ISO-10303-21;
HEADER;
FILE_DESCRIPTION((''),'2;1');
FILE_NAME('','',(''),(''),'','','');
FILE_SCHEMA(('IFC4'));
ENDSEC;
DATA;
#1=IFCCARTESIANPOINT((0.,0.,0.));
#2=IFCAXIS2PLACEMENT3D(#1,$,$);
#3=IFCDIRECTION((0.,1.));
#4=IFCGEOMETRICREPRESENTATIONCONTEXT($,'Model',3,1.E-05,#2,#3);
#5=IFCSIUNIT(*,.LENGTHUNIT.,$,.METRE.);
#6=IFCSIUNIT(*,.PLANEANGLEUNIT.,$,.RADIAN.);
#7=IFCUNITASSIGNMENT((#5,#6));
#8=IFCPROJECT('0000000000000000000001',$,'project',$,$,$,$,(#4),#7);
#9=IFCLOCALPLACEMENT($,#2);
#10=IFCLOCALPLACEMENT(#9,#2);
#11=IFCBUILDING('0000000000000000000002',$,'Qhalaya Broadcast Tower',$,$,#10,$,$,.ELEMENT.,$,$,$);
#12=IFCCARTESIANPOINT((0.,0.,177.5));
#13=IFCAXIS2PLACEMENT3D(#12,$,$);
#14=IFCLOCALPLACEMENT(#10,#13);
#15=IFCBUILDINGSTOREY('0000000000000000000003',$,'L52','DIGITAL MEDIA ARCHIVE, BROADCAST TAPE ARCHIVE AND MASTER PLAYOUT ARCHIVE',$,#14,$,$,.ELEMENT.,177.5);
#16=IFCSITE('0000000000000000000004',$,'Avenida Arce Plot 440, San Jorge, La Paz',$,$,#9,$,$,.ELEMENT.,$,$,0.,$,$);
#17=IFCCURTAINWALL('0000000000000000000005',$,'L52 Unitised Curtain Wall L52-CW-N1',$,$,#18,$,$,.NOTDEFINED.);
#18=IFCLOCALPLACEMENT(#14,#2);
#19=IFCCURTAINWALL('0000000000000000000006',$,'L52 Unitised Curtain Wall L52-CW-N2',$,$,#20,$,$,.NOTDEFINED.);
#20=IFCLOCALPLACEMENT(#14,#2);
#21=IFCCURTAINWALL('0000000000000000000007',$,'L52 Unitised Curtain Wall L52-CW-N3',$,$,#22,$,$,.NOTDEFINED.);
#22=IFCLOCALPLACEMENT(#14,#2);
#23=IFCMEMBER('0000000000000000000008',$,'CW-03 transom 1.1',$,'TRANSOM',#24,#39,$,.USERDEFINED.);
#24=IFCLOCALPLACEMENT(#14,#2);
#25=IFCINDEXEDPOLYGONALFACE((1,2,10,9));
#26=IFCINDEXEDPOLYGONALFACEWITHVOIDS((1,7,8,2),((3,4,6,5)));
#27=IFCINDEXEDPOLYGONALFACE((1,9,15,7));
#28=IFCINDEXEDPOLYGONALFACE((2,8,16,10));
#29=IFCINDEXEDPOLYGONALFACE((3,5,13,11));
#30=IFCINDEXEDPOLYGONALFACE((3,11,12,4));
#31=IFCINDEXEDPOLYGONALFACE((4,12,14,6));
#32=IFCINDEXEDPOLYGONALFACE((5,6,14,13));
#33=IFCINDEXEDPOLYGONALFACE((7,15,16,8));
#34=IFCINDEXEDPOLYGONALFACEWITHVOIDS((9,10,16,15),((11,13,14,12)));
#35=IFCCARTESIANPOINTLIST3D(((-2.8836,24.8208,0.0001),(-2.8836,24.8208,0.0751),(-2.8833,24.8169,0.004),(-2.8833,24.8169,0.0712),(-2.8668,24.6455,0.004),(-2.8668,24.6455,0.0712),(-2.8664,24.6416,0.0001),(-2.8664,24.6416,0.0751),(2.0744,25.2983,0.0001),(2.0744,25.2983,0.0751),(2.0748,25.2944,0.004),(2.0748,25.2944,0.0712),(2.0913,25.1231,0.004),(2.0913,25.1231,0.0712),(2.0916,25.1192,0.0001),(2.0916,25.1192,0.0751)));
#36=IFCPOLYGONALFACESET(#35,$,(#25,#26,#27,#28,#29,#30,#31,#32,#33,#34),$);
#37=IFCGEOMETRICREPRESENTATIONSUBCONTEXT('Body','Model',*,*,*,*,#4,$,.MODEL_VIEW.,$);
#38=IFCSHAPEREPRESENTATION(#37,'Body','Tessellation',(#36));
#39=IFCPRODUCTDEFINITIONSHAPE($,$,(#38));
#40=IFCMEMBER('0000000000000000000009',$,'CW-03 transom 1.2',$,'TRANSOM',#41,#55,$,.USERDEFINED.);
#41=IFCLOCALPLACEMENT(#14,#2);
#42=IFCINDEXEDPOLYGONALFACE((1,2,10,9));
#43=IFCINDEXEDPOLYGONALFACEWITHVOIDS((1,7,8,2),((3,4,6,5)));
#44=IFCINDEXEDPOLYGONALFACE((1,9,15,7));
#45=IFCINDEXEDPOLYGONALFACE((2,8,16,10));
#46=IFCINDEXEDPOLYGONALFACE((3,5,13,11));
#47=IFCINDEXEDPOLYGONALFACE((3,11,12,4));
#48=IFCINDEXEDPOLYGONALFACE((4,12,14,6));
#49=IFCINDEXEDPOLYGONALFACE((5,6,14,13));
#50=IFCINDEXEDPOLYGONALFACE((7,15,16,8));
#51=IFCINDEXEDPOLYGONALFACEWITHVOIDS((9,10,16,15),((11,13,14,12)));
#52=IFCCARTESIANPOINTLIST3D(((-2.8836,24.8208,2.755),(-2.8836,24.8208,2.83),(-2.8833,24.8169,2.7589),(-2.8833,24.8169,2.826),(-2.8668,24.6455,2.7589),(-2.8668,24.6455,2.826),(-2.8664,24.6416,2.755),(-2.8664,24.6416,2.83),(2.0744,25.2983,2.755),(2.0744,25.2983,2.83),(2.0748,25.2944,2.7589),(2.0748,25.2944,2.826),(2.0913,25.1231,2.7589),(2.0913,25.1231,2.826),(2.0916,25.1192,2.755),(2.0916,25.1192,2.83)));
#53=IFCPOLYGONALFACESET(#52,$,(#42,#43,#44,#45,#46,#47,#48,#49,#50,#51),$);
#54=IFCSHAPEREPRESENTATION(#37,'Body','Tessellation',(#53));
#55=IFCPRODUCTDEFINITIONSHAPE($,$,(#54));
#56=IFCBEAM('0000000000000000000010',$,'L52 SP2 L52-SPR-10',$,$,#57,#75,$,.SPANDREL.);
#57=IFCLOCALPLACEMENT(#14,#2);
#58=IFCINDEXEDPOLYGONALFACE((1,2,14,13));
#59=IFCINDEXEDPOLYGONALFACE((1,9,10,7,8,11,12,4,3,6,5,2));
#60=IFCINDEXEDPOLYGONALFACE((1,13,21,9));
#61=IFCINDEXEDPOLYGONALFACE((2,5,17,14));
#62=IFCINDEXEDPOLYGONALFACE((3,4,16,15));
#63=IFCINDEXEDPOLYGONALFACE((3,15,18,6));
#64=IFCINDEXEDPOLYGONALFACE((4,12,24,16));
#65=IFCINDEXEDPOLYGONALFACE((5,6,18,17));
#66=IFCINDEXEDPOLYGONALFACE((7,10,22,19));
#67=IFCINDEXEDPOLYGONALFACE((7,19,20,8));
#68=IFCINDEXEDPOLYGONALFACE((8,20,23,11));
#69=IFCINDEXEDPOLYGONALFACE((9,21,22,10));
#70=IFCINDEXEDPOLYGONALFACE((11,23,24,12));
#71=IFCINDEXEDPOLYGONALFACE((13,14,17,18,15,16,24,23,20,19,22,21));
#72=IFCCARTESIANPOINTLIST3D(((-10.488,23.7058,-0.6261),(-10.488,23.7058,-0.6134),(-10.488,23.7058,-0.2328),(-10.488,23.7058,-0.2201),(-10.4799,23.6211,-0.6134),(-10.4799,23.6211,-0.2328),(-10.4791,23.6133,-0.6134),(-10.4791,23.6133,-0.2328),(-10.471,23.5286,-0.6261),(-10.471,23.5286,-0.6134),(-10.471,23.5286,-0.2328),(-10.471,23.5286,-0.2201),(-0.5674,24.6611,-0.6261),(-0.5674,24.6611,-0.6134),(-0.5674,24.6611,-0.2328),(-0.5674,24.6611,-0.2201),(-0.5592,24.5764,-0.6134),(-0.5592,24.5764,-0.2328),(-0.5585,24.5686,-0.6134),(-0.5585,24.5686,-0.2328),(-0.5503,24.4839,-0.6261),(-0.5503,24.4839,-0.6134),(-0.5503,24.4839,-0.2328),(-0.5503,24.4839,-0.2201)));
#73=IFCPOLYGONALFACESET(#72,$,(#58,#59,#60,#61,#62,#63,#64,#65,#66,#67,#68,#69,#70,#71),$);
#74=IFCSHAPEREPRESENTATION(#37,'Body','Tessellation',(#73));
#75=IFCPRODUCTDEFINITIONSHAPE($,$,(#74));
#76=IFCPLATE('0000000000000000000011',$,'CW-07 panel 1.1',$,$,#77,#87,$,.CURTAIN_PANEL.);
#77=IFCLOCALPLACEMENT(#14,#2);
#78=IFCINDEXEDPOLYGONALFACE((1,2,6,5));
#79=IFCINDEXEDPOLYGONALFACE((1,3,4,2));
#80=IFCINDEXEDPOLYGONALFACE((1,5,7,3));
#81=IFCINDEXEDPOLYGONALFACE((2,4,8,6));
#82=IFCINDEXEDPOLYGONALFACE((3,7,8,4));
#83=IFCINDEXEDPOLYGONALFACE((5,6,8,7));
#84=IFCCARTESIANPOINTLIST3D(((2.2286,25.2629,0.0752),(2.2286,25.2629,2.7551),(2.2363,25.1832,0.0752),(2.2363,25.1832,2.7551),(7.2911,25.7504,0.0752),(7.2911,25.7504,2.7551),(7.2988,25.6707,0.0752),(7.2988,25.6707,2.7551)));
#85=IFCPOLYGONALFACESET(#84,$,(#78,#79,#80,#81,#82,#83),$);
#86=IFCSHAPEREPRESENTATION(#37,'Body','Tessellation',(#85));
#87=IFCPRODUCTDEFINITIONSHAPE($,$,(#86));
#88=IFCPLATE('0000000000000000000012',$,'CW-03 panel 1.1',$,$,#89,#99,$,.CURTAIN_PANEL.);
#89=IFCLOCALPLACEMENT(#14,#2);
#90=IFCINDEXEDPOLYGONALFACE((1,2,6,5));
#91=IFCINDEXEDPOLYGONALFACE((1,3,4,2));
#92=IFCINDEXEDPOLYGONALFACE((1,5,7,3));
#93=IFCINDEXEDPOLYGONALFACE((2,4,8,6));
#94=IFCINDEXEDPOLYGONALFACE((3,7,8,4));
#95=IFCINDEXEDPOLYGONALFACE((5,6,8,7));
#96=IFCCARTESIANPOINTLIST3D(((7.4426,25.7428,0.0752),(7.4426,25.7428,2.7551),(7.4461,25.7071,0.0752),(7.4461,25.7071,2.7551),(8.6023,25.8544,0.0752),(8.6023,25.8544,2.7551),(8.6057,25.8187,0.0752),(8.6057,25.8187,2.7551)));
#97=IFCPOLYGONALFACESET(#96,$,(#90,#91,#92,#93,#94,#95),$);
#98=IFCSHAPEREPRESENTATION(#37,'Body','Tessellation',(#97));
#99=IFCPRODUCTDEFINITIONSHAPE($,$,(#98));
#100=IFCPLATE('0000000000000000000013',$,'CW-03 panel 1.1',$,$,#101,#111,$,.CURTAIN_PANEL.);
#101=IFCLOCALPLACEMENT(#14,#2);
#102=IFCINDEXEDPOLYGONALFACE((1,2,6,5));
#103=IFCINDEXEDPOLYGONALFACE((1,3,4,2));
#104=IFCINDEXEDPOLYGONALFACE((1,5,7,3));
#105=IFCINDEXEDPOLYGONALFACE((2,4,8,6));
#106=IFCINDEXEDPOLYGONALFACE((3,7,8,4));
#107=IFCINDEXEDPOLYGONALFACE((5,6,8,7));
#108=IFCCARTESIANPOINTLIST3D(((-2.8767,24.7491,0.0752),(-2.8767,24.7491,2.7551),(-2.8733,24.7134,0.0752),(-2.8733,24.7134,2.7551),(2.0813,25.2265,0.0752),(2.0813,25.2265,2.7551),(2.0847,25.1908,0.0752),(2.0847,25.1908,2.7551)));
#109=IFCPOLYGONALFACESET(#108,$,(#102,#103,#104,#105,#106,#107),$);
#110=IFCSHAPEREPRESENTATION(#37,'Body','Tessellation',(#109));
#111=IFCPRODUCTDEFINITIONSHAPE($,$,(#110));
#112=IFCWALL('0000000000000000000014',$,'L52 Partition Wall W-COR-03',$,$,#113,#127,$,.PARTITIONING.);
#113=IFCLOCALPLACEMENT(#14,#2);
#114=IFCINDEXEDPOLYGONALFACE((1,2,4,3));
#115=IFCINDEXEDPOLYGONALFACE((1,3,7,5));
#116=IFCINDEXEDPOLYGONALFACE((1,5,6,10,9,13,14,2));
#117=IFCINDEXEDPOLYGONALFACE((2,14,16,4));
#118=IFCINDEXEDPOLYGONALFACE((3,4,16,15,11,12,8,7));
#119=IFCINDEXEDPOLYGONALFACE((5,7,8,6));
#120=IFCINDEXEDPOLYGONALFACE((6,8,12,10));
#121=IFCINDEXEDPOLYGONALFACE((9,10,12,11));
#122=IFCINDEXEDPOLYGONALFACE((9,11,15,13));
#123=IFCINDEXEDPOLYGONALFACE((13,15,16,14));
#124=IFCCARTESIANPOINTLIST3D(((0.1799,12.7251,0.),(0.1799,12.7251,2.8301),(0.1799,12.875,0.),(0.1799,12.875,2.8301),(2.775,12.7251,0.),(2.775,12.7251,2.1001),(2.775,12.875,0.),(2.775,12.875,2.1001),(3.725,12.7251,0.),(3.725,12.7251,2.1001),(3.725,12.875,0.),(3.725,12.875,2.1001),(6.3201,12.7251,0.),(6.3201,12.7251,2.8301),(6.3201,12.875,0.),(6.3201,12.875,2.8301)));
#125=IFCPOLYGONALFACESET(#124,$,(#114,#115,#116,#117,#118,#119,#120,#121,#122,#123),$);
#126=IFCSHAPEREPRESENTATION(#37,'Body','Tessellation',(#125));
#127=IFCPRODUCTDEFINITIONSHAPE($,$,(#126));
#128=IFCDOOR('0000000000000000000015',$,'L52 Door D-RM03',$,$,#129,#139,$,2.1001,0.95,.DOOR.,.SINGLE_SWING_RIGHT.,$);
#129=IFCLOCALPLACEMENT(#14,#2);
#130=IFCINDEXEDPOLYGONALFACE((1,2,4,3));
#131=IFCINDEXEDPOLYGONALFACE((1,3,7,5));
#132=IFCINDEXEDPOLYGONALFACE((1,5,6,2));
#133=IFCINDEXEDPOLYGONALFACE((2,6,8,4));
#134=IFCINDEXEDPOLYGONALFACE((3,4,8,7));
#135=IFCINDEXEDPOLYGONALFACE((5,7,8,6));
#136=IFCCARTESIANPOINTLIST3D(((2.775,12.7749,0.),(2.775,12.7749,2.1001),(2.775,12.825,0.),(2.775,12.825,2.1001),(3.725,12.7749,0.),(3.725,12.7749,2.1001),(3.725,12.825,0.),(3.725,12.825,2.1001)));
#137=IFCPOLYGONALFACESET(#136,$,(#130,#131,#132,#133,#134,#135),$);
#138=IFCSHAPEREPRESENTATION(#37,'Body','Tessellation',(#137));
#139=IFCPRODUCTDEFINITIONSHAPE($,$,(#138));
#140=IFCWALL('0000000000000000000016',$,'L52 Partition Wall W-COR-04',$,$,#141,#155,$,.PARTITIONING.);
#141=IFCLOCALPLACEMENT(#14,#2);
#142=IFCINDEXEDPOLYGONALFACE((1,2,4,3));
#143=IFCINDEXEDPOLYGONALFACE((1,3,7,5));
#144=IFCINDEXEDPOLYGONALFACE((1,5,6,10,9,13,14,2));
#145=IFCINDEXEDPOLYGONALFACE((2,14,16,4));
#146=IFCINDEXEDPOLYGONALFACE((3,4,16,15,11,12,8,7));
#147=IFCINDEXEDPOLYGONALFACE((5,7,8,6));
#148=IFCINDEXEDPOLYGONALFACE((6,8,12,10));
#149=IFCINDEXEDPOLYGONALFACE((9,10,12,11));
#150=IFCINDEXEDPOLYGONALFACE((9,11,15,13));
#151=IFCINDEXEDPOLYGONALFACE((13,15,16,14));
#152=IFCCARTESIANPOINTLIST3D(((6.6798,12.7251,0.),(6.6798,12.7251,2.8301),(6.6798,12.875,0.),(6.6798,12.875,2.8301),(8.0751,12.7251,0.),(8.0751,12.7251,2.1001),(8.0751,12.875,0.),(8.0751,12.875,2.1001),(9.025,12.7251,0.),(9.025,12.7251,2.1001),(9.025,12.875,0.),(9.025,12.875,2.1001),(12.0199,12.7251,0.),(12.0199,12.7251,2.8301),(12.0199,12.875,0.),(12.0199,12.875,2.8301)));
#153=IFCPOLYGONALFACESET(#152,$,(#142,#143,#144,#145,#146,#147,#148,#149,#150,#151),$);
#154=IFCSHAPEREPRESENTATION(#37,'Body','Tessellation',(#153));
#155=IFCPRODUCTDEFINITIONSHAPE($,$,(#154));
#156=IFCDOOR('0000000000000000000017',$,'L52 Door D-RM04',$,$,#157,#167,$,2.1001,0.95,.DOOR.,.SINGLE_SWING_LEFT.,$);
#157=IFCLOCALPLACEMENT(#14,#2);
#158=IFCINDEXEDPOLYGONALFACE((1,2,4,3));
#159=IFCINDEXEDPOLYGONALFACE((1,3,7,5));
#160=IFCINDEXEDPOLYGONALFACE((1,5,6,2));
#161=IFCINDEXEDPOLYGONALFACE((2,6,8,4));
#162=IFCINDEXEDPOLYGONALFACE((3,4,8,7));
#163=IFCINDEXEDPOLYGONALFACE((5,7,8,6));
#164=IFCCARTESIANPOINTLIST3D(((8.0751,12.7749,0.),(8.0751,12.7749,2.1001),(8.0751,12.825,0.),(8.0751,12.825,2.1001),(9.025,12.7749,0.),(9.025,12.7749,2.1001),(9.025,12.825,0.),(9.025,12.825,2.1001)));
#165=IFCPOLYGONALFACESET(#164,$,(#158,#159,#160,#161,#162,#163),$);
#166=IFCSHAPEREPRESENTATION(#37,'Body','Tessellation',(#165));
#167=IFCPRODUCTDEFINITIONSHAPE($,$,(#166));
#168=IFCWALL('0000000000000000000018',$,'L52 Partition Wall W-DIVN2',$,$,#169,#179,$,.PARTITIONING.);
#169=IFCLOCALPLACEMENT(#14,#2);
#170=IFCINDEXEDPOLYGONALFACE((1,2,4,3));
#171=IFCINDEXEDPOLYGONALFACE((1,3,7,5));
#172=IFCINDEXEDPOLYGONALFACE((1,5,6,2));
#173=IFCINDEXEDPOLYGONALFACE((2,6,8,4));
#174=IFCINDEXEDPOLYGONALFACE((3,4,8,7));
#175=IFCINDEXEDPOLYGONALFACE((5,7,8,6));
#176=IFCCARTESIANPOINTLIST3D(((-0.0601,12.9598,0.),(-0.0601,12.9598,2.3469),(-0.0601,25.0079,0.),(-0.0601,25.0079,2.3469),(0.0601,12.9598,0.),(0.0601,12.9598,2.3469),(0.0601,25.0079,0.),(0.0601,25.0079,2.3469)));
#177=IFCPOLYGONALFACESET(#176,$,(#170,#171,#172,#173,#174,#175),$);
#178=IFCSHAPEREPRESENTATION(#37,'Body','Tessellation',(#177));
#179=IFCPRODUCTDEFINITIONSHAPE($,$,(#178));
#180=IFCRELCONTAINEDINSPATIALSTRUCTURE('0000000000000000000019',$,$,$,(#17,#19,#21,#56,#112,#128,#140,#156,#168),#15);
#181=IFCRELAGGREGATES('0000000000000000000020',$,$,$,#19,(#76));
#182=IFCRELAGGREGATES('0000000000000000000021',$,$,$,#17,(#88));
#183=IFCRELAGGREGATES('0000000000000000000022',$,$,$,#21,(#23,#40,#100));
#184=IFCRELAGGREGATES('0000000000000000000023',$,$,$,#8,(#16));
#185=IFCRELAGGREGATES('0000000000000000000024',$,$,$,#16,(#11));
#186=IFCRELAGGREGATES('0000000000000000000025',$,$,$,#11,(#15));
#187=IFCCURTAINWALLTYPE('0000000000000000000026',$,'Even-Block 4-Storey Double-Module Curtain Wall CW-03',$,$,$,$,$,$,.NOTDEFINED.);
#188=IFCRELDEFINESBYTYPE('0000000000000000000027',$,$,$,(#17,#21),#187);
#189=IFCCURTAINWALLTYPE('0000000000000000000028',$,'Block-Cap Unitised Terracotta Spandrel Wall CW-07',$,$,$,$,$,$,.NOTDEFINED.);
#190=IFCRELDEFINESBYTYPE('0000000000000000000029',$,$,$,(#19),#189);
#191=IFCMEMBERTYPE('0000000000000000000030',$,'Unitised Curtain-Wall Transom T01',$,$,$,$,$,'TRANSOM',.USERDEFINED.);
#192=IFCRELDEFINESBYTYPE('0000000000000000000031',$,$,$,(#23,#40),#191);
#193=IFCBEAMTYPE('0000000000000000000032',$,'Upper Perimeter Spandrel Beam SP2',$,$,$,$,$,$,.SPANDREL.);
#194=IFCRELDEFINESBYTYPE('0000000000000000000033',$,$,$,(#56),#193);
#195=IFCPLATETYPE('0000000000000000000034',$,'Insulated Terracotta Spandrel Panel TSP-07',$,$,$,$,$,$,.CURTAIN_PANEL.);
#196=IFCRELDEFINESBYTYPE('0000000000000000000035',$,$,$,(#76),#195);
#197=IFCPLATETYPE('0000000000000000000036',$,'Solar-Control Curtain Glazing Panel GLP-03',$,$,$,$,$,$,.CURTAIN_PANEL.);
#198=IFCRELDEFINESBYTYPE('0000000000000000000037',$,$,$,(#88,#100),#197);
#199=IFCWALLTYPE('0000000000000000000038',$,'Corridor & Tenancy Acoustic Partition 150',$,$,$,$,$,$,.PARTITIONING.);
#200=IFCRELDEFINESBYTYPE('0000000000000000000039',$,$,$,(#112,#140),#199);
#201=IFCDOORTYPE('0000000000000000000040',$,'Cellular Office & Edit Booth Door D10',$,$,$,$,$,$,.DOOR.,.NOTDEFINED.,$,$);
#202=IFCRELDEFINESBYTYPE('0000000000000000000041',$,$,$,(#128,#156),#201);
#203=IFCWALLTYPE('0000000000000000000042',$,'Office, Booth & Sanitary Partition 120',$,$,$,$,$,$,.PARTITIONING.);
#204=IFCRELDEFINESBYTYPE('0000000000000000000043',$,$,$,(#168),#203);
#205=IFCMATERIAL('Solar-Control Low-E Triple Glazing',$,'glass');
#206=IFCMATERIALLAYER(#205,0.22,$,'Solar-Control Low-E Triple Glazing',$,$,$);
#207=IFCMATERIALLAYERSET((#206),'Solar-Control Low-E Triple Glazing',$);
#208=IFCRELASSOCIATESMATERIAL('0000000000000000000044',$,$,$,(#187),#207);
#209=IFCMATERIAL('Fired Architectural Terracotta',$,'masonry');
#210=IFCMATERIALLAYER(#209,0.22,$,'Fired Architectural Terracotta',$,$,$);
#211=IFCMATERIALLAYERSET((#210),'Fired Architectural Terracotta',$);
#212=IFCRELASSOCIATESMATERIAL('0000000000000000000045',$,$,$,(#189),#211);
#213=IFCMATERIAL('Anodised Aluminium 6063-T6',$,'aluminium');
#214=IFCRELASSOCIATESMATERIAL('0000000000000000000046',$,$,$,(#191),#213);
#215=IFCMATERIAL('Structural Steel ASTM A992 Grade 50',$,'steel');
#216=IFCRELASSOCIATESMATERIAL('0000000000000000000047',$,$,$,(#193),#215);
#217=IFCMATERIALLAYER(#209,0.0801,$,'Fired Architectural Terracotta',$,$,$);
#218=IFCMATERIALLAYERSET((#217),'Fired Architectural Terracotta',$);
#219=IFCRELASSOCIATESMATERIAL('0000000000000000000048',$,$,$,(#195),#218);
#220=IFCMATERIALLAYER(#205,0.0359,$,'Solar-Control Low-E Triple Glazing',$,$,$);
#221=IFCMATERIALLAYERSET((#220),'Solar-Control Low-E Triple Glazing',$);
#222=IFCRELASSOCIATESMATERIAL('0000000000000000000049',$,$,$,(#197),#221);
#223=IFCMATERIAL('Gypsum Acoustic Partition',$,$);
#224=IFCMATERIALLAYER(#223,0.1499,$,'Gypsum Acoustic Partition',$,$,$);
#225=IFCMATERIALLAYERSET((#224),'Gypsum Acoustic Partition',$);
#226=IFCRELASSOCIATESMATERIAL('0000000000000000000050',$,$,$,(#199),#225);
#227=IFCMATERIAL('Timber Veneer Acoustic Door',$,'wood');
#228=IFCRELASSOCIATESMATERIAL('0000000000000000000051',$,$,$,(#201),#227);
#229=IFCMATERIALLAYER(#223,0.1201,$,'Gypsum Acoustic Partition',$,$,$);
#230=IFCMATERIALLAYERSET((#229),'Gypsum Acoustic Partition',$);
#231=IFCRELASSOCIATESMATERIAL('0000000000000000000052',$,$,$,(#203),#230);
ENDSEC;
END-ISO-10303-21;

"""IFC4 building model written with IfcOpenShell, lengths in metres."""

from ifc_helpers import new_model, si_unit, direction, frame, frame_2d, origin, origin_2d, place, context, subcontext, project, spatial, rectangle, hollow_rectangle, i_section, extrude, material, layer, layer_set, material_profile, profile_set, type_object, element, fill, aggregate, save


model = new_model("IFC4")

# Units and contexts
model_context = context("Model", 3, precision=1e-05, world=origin(), true_north=direction((0.0, 1.0)))
body_context = subcontext(model_context, "Body", "Model", "MODEL_VIEW")
ifc_project = project(units=[si_unit("LENGTHUNIT", "METRE"), si_unit("PLANEANGLEUNIT", "RADIAN")], contexts=[model_context])

# Site, building, storey
site_placement = place(None, origin())
site = spatial("IfcSite", under=ifc_project, at=site_placement, Name="Avenida Arce Plot 440, San Jorge, La Paz", CompositionType="ELEMENT", RefElevation=0.0)
building_placement = place(site_placement, origin())
building = spatial("IfcBuilding", under=site, at=building_placement, Name="Qhalaya Broadcast Tower", CompositionType="ELEMENT")
storey_placement = place(building_placement, frame((0.0, 0.0, 177.5)))
storey = spatial("IfcBuildingStorey", under=building, at=storey_placement, Name="L52", Description="DIGITAL MEDIA ARCHIVE, BROADCAST TAPE ARCHIVE AND MASTER PLAYOUT ARCHIVE", CompositionType="ELEMENT", Elevation=177.5)

# Curtain walls
ifc_material_1 = material(Name="Solar-Control Low-E Triple Glazing", Category="glass")
ifc_layer_1 = layer(ifc_material_1, 0.22, Name="Solar-Control Low-E Triple Glazing")
ifc_layer_set_1 = layer_set([ifc_layer_1], Name="Solar-Control Low-E Triple Glazing")
curtain_wall_type_1 = type_object("IfcCurtainWallType", Name="Even-Block 4-Storey Double-Module Curtain Wall CW-03", PredefinedType="NOTDEFINED", material=ifc_layer_set_1)
curtain_wall_1_placement = place(storey_placement, origin())
curtain_wall_1 = element("IfcCurtainWall", 1, at=curtain_wall_1_placement, inside=storey, type_object=curtain_wall_type_1, Name="L52 Unitised Curtain Wall L52-CW-N1", PredefinedType="NOTDEFINED")
ifc_material_2 = material(Name="Anodised Aluminium 6063-T6", Category="aluminium")
ifc_material_3 = material(Name="Fired Architectural Terracotta", Category="masonry")
ifc_layer_2 = layer(ifc_material_3, 0.22, Name="Fired Architectural Terracotta")
ifc_layer_set_2 = layer_set([ifc_layer_2], Name="Fired Architectural Terracotta")
curtain_wall_type_2 = type_object("IfcCurtainWallType", Name="Block-Cap Unitised Terracotta Spandrel Wall CW-07", PredefinedType="NOTDEFINED", material=ifc_layer_set_2)
curtain_wall_2_placement = place(storey_placement, origin())
curtain_wall_2 = element("IfcCurtainWall", 2, at=curtain_wall_2_placement, inside=storey, type_object=curtain_wall_type_2, Name="L52 Unitised Curtain Wall L52-CW-N2", PredefinedType="NOTDEFINED")

# Curtain wall
curtain_wall_3_placement = place(storey_placement, origin())
curtain_wall_3 = element("IfcCurtainWall", 3, at=curtain_wall_3_placement, inside=storey, type_object=curtain_wall_type_1, Name="L52 Unitised Curtain Wall L52-CW-N3", PredefinedType="NOTDEFINED")

# Members
ifc_material_profile_1 = material_profile(ifc_material_2, hollow_rectangle(XDim=0.075, YDim=0.1799, WallThickness=0.0039, at=origin_2d()), Name="ALU-TRN 75x180x4")
ifc_profile_set_1 = profile_set([ifc_material_profile_1], Name="Anodised Aluminium 6063-T6")
member_type_1 = type_object("IfcMemberType", Name="Unitised Curtain-Wall Transom T01", ElementType="TRANSOM", PredefinedType="USERDEFINED", material=ifc_profile_set_1)
member_1_placement = place(storey_placement, frame((2.083, 25.2087, 0.0376), z_axis=(-0.995394, -0.095873, 0.0), x_axis=(0.0, 0.0, 1.0)))
member_1 = element("IfcMember", 4, at=member_1_placement, type_object=member_type_1, Name="CW-03 transom 1.1", ObjectType="TRANSOM", PredefinedType="USERDEFINED", context=body_context, shape_type="SweptSolid", body=[
    extrude(hollow_rectangle(XDim=0.075, YDim=0.1799, WallThickness=0.0039, at=origin_2d()), origin(), (0.0, 0.0, 1.0), 4.981),
])
member_2_placement = place(storey_placement, frame((2.083, 25.2087, 2.7925), z_axis=(-0.995394, -0.095873, 0.0), x_axis=(0.0, 0.0, 1.0)))
member_2 = element("IfcMember", 5, at=member_2_placement, type_object=member_type_1, Name="CW-03 transom 1.2", ObjectType="TRANSOM", PredefinedType="USERDEFINED", context=body_context, shape_type="SweptSolid", body=[
    extrude(hollow_rectangle(XDim=0.075, YDim=0.1799, WallThickness=0.0039, at=origin_2d()), origin(), (0.0, 0.0, 1.0), 4.981),
])

# Beam
ifc_material_4 = material(Name="Structural Steel ASTM A992 Grade 50", Category="steel")
ifc_material_profile_2 = material_profile(ifc_material_4, i_section(OverallWidth=0.178, OverallDepth=0.406, WebThickness=0.0078, FlangeThickness=0.0127, at=origin_2d()), Name="W16X40")
ifc_profile_set_2 = profile_set([ifc_material_profile_2], Name="Structural Steel ASTM A992 Grade 50")
beam_type = type_object("IfcBeamType", Name="Upper Perimeter Spandrel Beam SP2", PredefinedType="SPANDREL", material=ifc_profile_set_2)
beam_placement = place(storey_placement, frame((-0.5588, 24.5725, -0.4231), z_axis=(-0.995396, -0.095853, 0.0), x_axis=(0.095853, -0.995396, 0.0)))
element("IfcBeam", 6, at=beam_placement, inside=storey, type_object=beam_type, Name="L52 SP2 L52-SPR-10", PredefinedType="SPANDREL", context=body_context, shape_type="SweptSolid", body=[
    extrude(i_section(OverallWidth=0.178, OverallDepth=0.406, WebThickness=0.0078, FlangeThickness=0.0127, at=origin_2d()), origin(), (0.0, 0.0, 1.0), 9.9666),
])

# Plates
ifc_layer_3 = layer(ifc_material_3, 0.0801, Name="Fired Architectural Terracotta")
ifc_layer_set_3 = layer_set([ifc_layer_3], Name="Fired Architectural Terracotta")
plate_type_1 = type_object("IfcPlateType", Name="Insulated Terracotta Spandrel Panel TSP-07", PredefinedType="CURTAIN_PANEL", material=ifc_layer_set_3)
plate_1_placement = place(storey_placement, frame((4.7637, 25.4668, 0.0752), z_axis=(0.0, 0.0, 1.0), x_axis=(-0.995395, -0.095855, 0.0)))
plate_1 = element("IfcPlate", 7, at=plate_1_placement, type_object=plate_type_1, Name="CW-07 panel 1.1", PredefinedType="CURTAIN_PANEL", context=body_context, shape_type="SweptSolid", body=[
    extrude(rectangle(XDim=5.0859, YDim=0.0801, at=origin_2d()), origin(), (0.0, 0.0, 1.0), 2.6799),
])
aggregate(curtain_wall_2, [plate_1])
ifc_layer_4 = layer(ifc_material_1, 0.0359, Name="Solar-Control Low-E Triple Glazing")
ifc_layer_set_4 = layer_set([ifc_layer_4], Name="Solar-Control Low-E Triple Glazing")
plate_type_2 = type_object("IfcPlateType", Name="Solar-Control Curtain Glazing Panel GLP-03", PredefinedType="CURTAIN_PANEL", material=ifc_layer_set_4)
plate_2_placement = place(storey_placement, frame((8.0242, 25.7808, 0.0752), z_axis=(0.0, 0.0, 1.0), x_axis=(-0.995399, -0.095821, 0.0)))
plate_2 = element("IfcPlate", 8, at=plate_2_placement, type_object=plate_type_2, Name="CW-03 panel 1.1", PredefinedType="CURTAIN_PANEL", context=body_context, shape_type="SweptSolid", body=[
    extrude(rectangle(XDim=1.165, YDim=0.0359, at=origin_2d()), origin(), (0.0, 0.0, 1.0), 2.6799),
])
aggregate(curtain_wall_1, [plate_2])
plate_3_placement = place(storey_placement, frame((-0.396, 24.97, 0.0752), z_axis=(0.0, 0.0, 1.0), x_axis=(-0.995396, -0.095848, 0.0)))
plate_3 = element("IfcPlate", 9, at=plate_3_placement, type_object=plate_type_2, Name="CW-03 panel 1.1", PredefinedType="CURTAIN_PANEL", context=body_context, shape_type="SweptSolid", body=[
    extrude(rectangle(XDim=4.981, YDim=0.0359, at=origin_2d()), origin(), (0.0, 0.0, 1.0), 2.6799),
])
aggregate(curtain_wall_3, [member_1, member_2, plate_3])

# Walls, openings, doors
ifc_material_5 = material(Name="Gypsum Acoustic Partition")
ifc_layer_5 = layer(ifc_material_5, 0.1499, Name="Gypsum Acoustic Partition")
ifc_layer_set_5 = layer_set([ifc_layer_5], Name="Gypsum Acoustic Partition")
wall_type_1 = type_object("IfcWallType", Name="Corridor & Tenancy Acoustic Partition 150", PredefinedType="PARTITIONING", material=ifc_layer_set_5)
wall_1_placement = place(storey_placement, frame((0.1799, 12.8, 0.0), z_axis=(0.0, 0.0, 1.0), x_axis=(1.0, 0.0, 0.0)))
wall_1 = element("IfcWall", 10, at=wall_1_placement, inside=storey, type_object=wall_type_1, Name="L52 Partition Wall W-COR-03", PredefinedType="PARTITIONING", context=body_context, shape_type="SweptSolid", body=[
    extrude(rectangle(XDim=6.1401, YDim=0.1499, at=frame_2d((3.0701, 0.0))), origin(), (0.0, 0.0, 1.0), 2.8301),
])
opening_1_placement = place(wall_1_placement, frame((2.595, 0.0, 0.0)))
opening_1 = element("IfcOpeningElement", 11, at=opening_1_placement, cuts=wall_1, PredefinedType="OPENING", context=body_context, shape_type="SweptSolid", body=[
    extrude(rectangle(XDim=0.95, YDim=2.1001, at=frame_2d((0.4751, 1.05))), frame((0.0, 0.0869, 0.0), z_axis=(0.0, -1.0, 0.0), x_axis=(1.0, 0.0, 0.0)), (0.0, 0.0, 1.0), 0.1738),
])
ifc_material_6 = material(Name="Timber Veneer Acoustic Door", Category="wood")
door_type = type_object("IfcDoorType", Name="Cellular Office & Edit Booth Door D10", OperationType="NOTDEFINED", PredefinedType="DOOR", material=ifc_material_6)
door_1_placement = place(opening_1_placement, origin())
door_1 = element("IfcDoor", 12, at=door_1_placement, inside=storey, type_object=door_type, Name="L52 Door D-RM03", OperationType="SINGLE_SWING_RIGHT", OverallHeight=2.1001, OverallWidth=0.95, PredefinedType="DOOR", context=body_context, shape_type="SweptSolid", body=[
    extrude(rectangle(XDim=0.95, YDim=2.1001, at=frame_2d((0.4751, 1.05))), frame((0.0, 0.0249, 0.0), z_axis=(0.0, -1.0, 0.0), x_axis=(1.0, 0.0, 0.0)), (0.0, 0.0, 1.0), 0.05),
])
fill(opening_1, door_1)
wall_2_placement = place(storey_placement, frame((6.6799, 12.8, 0.0), z_axis=(0.0, 0.0, 1.0), x_axis=(1.0, 0.0, 0.0)))
wall_2 = element("IfcWall", 13, at=wall_2_placement, inside=storey, type_object=wall_type_1, Name="L52 Partition Wall W-COR-04", PredefinedType="PARTITIONING", context=body_context, shape_type="SweptSolid", body=[
    extrude(rectangle(XDim=5.3401, YDim=0.1499, at=frame_2d((2.6699, 0.0))), origin(), (0.0, 0.0, 1.0), 2.8301),
])
opening_2_placement = place(wall_2_placement, frame((1.395, 0.0, 0.0)))
opening_2 = element("IfcOpeningElement", 14, at=opening_2_placement, cuts=wall_2, PredefinedType="OPENING", context=body_context, shape_type="SweptSolid", body=[
    extrude(rectangle(XDim=0.95, YDim=2.1001, at=frame_2d((0.4751, 1.05))), frame((0.0, 0.0869, 0.0), z_axis=(0.0, -1.0, 0.0), x_axis=(1.0, 0.0, 0.0)), (0.0, 0.0, 1.0), 0.1738),
])
door_2_placement = place(opening_2_placement, origin())
door_2 = element("IfcDoor", 15, at=door_2_placement, inside=storey, type_object=door_type, Name="L52 Door D-RM04", OperationType="SINGLE_SWING_LEFT", OverallHeight=2.1001, OverallWidth=0.95, PredefinedType="DOOR", context=body_context, shape_type="SweptSolid", body=[
    extrude(rectangle(XDim=0.95, YDim=2.1001, at=frame_2d((0.4751, 1.05))), frame((0.0, 0.0249, 0.0), z_axis=(0.0, -1.0, 0.0), x_axis=(1.0, 0.0, 0.0)), (0.0, 0.0, 1.0), 0.05),
])
fill(opening_2, door_2)

# Wall
ifc_layer_6 = layer(ifc_material_5, 0.1201, Name="Gypsum Acoustic Partition")
ifc_layer_set_6 = layer_set([ifc_layer_6], Name="Gypsum Acoustic Partition")
wall_type_2 = type_object("IfcWallType", Name="Office, Booth & Sanitary Partition 120", PredefinedType="PARTITIONING", material=ifc_layer_set_6)
wall_3_placement = place(storey_placement, frame((0.0, 12.96, 0.0), z_axis=(0.0, 0.0, 1.0), x_axis=(0.0, 1.0, 0.0)))
element("IfcWall", 16, at=wall_3_placement, inside=storey, type_object=wall_type_2, Name="L52 Partition Wall W-DIVN2", PredefinedType="PARTITIONING", context=body_context, shape_type="SweptSolid", body=[
    extrude(rectangle(XDim=12.0481, YDim=0.1201, at=frame_2d((6.0239, 0.0))), origin(), (0.0, 0.0, 1.0), 2.3469),
])

save(model, "model.ifc")
